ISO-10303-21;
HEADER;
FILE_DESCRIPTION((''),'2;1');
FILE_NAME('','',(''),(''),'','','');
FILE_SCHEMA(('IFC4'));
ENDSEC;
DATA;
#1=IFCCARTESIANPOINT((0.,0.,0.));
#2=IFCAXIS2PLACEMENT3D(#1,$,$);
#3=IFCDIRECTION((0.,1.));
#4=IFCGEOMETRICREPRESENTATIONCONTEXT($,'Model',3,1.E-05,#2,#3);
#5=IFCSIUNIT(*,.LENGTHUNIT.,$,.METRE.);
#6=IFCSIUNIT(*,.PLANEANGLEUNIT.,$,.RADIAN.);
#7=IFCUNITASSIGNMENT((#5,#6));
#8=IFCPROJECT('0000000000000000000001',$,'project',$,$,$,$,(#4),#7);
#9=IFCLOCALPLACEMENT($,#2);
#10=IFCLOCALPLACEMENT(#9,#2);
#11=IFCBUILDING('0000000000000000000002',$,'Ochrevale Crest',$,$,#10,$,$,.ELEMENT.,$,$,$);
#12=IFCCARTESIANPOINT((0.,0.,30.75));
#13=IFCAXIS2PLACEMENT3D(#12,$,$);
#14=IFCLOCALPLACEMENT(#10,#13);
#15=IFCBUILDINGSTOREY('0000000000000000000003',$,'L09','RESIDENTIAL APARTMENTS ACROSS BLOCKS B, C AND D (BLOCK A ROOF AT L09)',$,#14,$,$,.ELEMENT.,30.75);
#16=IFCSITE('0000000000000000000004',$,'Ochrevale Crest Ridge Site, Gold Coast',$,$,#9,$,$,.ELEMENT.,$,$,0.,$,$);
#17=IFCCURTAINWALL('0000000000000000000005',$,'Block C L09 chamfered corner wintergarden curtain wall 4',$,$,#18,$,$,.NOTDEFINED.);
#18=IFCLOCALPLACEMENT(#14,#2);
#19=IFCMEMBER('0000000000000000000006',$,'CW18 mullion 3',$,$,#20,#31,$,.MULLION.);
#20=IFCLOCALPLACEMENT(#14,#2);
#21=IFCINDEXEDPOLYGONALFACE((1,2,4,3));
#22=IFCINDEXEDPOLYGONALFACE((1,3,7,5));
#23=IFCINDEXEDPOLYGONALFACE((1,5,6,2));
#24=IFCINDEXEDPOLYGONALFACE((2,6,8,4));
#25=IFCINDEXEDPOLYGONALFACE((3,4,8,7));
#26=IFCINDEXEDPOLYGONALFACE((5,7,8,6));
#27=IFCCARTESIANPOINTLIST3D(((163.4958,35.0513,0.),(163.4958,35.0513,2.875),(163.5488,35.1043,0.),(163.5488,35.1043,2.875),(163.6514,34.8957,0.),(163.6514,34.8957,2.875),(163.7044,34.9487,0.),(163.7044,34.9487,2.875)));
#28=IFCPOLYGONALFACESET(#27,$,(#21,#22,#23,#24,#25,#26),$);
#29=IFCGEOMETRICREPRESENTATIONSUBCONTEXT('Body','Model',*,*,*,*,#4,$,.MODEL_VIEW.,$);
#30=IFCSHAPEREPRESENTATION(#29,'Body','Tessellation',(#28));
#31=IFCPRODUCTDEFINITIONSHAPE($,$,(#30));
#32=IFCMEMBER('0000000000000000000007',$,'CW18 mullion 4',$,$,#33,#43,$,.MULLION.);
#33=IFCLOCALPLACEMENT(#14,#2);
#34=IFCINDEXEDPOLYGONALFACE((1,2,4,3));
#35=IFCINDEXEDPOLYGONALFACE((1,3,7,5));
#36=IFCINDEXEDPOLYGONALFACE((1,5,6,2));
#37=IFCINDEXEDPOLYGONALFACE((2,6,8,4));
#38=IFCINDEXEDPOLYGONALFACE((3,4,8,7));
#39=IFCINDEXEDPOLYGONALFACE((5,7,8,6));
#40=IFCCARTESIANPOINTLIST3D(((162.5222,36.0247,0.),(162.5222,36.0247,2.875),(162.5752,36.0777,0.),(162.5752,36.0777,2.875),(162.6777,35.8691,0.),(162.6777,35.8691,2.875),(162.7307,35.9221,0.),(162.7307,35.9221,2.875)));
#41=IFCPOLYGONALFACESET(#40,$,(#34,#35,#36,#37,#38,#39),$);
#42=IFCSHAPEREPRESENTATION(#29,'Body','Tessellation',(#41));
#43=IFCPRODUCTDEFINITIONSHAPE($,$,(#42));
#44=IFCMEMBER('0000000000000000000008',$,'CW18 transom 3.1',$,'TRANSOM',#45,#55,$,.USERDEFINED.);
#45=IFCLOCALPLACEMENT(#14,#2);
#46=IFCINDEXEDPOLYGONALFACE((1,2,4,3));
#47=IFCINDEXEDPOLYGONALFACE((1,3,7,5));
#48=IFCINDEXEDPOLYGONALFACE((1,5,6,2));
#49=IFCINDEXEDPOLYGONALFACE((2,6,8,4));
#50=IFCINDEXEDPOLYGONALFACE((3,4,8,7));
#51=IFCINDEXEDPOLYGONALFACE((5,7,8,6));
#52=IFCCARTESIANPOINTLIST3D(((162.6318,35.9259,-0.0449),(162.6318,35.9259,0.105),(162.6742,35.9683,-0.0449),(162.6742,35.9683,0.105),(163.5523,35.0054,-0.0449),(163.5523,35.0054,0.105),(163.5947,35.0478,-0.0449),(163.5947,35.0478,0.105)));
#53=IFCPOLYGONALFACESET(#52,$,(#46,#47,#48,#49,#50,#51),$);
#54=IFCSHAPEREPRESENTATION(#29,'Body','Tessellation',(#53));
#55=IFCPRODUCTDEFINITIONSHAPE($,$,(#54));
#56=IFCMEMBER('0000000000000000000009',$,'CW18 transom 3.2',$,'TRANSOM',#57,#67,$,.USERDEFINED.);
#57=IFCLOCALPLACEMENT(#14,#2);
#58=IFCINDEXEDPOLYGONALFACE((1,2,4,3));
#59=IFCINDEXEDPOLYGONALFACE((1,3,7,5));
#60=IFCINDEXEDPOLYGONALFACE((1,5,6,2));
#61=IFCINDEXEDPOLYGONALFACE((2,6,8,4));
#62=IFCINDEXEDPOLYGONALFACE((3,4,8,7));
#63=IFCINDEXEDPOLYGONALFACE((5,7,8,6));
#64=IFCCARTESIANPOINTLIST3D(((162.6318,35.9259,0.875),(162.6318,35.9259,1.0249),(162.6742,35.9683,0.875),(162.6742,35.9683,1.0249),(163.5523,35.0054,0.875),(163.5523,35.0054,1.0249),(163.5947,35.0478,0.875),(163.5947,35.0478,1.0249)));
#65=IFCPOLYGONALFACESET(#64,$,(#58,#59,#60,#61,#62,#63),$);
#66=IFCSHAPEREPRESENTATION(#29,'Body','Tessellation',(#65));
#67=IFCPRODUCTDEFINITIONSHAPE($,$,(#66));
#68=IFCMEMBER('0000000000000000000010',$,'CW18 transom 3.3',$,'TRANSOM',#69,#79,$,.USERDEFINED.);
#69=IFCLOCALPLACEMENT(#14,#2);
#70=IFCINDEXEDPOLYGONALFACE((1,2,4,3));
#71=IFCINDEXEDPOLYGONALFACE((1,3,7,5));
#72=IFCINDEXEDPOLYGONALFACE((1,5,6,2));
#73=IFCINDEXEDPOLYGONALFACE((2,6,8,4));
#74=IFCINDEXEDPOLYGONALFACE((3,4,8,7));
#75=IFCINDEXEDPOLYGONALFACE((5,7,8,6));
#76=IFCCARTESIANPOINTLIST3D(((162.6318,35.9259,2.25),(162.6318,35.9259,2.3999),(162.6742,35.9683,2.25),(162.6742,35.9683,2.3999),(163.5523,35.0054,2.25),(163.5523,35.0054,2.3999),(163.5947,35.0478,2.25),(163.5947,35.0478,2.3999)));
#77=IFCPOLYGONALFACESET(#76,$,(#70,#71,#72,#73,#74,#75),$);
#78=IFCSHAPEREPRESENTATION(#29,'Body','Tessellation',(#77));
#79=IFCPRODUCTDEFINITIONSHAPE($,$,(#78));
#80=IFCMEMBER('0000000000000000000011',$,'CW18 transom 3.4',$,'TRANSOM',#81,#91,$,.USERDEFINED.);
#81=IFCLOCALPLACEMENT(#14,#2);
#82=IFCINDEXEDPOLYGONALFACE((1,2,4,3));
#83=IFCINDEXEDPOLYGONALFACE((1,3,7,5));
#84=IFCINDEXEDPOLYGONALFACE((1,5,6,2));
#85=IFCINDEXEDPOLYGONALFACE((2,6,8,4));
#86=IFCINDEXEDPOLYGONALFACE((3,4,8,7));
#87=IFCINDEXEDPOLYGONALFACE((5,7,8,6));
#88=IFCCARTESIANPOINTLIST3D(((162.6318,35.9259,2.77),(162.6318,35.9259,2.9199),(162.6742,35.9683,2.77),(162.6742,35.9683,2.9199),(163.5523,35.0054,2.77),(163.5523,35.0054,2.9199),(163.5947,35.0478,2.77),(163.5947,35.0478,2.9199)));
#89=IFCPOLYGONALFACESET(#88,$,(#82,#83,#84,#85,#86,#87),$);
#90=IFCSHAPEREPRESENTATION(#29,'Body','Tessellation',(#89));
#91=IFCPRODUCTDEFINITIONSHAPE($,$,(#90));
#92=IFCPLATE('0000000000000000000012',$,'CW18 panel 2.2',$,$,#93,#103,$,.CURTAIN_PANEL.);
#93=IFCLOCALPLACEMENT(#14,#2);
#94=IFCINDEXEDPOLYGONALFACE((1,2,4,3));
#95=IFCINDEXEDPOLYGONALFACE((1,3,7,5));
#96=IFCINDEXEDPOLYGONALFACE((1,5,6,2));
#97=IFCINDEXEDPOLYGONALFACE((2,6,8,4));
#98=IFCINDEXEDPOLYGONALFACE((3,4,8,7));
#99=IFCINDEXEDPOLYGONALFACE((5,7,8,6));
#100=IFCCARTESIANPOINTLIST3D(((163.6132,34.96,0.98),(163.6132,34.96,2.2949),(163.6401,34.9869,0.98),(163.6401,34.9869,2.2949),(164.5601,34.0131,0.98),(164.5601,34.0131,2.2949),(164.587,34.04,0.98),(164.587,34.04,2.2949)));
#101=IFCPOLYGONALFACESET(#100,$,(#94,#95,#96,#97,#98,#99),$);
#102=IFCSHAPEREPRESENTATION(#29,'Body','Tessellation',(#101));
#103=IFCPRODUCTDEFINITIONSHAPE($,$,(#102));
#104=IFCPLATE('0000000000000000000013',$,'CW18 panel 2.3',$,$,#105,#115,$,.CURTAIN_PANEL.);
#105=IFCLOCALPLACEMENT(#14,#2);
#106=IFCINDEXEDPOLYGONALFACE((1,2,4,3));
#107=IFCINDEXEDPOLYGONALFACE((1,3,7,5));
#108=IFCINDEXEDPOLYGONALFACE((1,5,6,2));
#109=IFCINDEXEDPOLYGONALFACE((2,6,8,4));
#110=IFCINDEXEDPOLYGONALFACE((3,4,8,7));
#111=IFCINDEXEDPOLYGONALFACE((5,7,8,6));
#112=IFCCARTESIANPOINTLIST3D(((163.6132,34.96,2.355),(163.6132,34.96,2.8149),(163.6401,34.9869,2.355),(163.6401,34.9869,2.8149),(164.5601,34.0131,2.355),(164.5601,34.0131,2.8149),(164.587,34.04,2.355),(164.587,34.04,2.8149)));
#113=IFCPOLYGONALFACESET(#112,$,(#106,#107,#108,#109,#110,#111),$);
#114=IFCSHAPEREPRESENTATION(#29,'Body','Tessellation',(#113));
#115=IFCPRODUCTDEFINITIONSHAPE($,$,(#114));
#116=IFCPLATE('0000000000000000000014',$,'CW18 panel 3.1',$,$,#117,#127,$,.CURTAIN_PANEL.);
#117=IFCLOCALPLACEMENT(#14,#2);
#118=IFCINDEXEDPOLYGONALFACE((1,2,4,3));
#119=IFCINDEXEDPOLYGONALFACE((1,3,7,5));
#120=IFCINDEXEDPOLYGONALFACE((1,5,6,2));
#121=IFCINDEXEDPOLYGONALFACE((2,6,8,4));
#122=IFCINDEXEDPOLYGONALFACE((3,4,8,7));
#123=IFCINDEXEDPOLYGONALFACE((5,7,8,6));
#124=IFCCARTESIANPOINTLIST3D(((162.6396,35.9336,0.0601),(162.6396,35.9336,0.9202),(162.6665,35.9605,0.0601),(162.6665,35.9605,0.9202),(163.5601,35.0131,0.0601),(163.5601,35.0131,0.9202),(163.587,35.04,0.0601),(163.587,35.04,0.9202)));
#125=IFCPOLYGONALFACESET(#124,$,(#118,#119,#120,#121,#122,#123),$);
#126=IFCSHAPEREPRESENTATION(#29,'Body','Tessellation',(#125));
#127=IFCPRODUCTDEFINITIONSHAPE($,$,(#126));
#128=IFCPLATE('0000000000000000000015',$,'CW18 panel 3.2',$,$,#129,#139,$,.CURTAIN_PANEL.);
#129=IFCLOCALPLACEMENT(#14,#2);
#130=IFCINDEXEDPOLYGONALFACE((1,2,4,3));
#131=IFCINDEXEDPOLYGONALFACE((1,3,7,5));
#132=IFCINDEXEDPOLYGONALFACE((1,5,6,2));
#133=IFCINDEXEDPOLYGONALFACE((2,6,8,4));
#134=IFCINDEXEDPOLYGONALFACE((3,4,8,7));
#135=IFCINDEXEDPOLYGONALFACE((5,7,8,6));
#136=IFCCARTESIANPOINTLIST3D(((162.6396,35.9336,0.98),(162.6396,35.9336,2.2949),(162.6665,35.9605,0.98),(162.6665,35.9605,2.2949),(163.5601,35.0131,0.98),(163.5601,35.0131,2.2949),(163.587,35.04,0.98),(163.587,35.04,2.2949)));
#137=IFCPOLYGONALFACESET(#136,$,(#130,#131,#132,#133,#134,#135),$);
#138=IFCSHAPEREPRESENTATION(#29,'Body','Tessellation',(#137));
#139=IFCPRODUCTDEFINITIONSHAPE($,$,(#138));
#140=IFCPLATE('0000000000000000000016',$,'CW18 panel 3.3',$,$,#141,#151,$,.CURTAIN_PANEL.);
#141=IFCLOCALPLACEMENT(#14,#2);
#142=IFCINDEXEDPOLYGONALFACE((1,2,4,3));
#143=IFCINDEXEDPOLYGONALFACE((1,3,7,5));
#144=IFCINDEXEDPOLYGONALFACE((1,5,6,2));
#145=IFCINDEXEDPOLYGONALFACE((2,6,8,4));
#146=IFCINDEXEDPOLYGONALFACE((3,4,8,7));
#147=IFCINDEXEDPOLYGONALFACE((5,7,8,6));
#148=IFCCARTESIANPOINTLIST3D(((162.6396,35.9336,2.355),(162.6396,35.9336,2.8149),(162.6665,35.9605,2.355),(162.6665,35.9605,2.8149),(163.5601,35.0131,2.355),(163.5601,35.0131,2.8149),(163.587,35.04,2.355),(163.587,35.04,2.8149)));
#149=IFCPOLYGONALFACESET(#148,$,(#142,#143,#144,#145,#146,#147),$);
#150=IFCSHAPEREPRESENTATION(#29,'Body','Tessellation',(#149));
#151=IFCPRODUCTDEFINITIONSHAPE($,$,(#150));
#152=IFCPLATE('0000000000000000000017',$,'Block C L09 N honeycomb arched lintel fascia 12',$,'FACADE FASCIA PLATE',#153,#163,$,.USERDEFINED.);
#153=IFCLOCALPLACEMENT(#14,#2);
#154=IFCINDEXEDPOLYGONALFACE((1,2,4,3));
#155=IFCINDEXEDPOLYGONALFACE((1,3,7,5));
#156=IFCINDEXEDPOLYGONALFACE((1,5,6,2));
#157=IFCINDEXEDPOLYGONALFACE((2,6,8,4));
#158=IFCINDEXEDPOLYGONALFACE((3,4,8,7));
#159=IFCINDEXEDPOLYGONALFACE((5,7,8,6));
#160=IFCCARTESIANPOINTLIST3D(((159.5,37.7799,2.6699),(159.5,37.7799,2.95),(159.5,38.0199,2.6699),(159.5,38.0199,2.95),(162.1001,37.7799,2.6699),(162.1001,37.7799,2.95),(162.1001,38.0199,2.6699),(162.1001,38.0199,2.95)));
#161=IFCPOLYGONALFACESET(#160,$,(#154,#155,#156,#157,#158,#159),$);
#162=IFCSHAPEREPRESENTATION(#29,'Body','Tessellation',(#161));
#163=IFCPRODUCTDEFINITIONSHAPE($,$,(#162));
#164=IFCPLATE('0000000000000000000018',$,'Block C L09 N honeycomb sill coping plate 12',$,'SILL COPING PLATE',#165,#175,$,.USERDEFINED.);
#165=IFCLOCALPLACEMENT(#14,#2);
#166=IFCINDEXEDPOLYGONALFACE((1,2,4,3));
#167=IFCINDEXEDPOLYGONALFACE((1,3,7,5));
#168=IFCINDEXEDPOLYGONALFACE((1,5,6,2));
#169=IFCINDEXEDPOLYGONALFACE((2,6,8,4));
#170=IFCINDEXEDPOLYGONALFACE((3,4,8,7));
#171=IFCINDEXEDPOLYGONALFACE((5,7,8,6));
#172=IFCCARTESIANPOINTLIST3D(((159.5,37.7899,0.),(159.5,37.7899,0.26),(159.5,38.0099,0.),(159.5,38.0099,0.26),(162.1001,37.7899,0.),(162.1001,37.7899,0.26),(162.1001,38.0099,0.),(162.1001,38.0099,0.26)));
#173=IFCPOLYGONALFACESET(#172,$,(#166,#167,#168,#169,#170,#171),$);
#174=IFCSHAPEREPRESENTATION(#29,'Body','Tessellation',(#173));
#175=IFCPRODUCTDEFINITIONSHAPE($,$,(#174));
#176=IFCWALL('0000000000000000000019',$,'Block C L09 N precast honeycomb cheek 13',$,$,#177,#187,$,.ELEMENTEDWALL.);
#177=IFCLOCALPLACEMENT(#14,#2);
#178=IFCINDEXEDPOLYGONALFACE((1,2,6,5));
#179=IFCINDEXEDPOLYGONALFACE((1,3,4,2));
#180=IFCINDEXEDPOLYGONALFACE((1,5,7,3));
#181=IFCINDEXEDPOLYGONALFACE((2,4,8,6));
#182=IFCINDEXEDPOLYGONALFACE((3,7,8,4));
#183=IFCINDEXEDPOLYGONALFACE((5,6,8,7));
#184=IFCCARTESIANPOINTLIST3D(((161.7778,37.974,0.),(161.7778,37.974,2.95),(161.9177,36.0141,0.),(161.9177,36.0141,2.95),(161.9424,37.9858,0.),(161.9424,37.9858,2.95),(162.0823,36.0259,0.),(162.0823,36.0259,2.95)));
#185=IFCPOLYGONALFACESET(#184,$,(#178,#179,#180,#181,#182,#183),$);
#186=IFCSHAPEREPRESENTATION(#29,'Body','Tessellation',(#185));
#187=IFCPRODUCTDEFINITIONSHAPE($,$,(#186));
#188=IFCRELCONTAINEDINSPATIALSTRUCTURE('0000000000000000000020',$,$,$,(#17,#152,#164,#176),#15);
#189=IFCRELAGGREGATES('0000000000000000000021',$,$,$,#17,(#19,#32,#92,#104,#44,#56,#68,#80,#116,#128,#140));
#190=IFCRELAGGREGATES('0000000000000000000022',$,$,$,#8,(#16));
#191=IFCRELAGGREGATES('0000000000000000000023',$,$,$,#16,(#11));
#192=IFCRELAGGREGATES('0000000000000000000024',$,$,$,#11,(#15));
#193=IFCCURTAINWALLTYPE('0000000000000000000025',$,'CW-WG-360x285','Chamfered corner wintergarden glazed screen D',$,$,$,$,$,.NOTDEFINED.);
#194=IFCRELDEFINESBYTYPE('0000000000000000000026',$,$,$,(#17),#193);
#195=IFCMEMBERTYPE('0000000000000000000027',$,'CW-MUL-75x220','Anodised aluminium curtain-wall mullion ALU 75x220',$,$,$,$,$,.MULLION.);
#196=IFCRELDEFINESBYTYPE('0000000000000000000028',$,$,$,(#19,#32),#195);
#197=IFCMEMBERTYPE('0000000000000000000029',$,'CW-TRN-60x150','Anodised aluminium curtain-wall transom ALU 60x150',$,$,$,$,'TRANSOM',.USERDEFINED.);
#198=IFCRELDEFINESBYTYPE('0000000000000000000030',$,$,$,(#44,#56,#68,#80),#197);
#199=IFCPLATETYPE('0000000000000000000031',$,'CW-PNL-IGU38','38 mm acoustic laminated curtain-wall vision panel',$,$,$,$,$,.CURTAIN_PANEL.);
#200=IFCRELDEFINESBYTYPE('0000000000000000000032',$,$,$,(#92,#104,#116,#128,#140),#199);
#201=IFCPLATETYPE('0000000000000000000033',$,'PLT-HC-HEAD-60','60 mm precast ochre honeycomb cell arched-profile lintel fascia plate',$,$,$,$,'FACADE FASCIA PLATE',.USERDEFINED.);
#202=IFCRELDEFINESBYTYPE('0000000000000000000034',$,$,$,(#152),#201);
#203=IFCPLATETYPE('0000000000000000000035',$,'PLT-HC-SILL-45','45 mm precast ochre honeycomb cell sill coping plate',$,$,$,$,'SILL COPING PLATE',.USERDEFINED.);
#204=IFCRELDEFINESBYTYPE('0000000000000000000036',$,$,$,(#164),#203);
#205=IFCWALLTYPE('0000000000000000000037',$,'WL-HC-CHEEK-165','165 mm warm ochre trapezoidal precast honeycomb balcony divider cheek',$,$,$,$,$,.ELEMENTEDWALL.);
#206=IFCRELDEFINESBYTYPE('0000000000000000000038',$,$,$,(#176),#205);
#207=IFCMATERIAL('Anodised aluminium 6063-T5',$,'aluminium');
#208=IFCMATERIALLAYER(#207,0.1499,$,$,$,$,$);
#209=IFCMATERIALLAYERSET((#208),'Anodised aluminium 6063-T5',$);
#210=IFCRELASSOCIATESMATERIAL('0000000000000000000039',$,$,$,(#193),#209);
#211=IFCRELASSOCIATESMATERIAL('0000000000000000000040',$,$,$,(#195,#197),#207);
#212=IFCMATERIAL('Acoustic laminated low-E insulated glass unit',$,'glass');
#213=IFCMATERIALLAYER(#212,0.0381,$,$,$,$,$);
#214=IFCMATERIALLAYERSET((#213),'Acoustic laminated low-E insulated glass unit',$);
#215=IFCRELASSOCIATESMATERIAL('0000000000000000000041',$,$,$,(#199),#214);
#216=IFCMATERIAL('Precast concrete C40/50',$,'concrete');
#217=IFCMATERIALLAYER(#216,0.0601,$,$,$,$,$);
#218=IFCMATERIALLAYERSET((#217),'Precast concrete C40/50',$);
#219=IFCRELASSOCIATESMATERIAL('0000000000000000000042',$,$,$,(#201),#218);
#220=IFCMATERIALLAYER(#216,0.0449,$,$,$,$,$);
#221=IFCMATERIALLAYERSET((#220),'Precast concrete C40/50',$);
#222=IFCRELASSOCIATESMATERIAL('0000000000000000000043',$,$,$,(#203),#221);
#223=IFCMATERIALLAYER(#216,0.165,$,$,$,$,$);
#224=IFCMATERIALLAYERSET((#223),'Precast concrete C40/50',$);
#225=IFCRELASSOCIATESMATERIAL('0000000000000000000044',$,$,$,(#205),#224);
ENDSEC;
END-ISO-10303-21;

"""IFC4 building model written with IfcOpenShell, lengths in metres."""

from ifc_helpers import new_model, si_unit, direction, frame, frame_2d, origin, origin_2d, place, context, subcontext, project, spatial, rectangle, extrude, material, layer, layer_set, material_profile, profile_set, type_object, element, aggregate, save


model = new_model("IFC4")

# Units and contexts
model_context = context("Model", 3, precision=1e-05, world=origin(), true_north=direction((0.0, 1.0)))
body_context = subcontext(model_context, "Body", "Model", "MODEL_VIEW")
ifc_project = project(units=[si_unit("LENGTHUNIT", "METRE"), si_unit("PLANEANGLEUNIT", "RADIAN")], contexts=[model_context])

# Site, building, storey
site_placement = place(None, origin())
site = spatial("IfcSite", under=ifc_project, at=site_placement, Name="Ochrevale Crest Ridge Site, Gold Coast", CompositionType="ELEMENT", RefElevation=0.0)
building_placement = place(site_placement, origin())
building = spatial("IfcBuilding", under=site, at=building_placement, Name="Ochrevale Crest", CompositionType="ELEMENT")
storey_placement = place(building_placement, frame((0.0, 0.0, 30.75)))
storey = spatial("IfcBuildingStorey", under=building, at=storey_placement, Name="L09", Description="RESIDENTIAL APARTMENTS ACROSS BLOCKS B, C AND D (BLOCK A ROOF AT L09)", CompositionType="ELEMENT", Elevation=30.75)

# Curtain wall, members, plates
ifc_material_1 = material(Name="Anodised aluminium 6063-T5", Category="aluminium")
ifc_layer_1 = layer(ifc_material_1, 0.1499)
ifc_layer_set_1 = layer_set([ifc_layer_1], Name="Anodised aluminium 6063-T5")
curtain_wall_type = type_object("IfcCurtainWallType", Name="CW-WG-360x285", Description="Chamfered corner wintergarden glazed screen D", PredefinedType="NOTDEFINED", material=ifc_layer_set_1)
curtain_wall_placement = place(storey_placement, origin())
curtain_wall = element("IfcCurtainWall", 1, at=curtain_wall_placement, inside=storey, type_object=curtain_wall_type, Name="Block C L09 chamfered corner wintergarden curtain wall 4", PredefinedType="NOTDEFINED")
ifc_material_profile_1 = material_profile(ifc_material_1, rectangle(XDim=0.075, YDim=0.22, at=origin_2d()), Name="ALU 75x220")
ifc_profile_set_1 = profile_set([ifc_material_profile_1], Name="Anodised aluminium 6063-T5")
member_type_1 = type_object("IfcMemberType", Name="CW-MUL-75x220", Description="Anodised aluminium curtain-wall mullion ALU 75x220", PredefinedType="MULLION", material=ifc_profile_set_1)
member_1_placement = place(storey_placement, frame((163.6001, 35.0, 0.0), z_axis=(0.0, 0.0, 1.0), x_axis=(-0.707107, -0.707107, 0.0)))
member_1 = element("IfcMember", 2, at=member_1_placement, type_object=member_type_1, Name="CW18 mullion 3", PredefinedType="MULLION", context=body_context, shape_type="SweptSolid", body=[
    extrude(rectangle(XDim=0.075, YDim=0.22, at=origin_2d()), origin(), (0.0, 0.0, 1.0), 2.875),
])
member_2_placement = place(storey_placement, frame((162.6265, 35.9734, 0.0), z_axis=(0.0, 0.0, 1.0), x_axis=(-0.707107, -0.707107, 0.0)))
member_2 = element("IfcMember", 3, at=member_2_placement, type_object=member_type_1, Name="CW18 mullion 4", PredefinedType="MULLION", context=body_context, shape_type="SweptSolid", body=[
    extrude(rectangle(XDim=0.075, YDim=0.22, at=origin_2d()), origin(), (0.0, 0.0, 1.0), 2.875),
])
ifc_material_profile_2 = material_profile(ifc_material_1, rectangle(XDim=0.0601, YDim=0.1499, at=origin_2d()), Name="ALU 60x150")
ifc_profile_set_2 = profile_set([ifc_material_profile_2], Name="Anodised aluminium 6063-T5")
member_type_2 = type_object("IfcMemberType", Name="CW-TRN-60x150", Description="Anodised aluminium curtain-wall transom ALU 60x150", ElementType="TRANSOM", PredefinedType="USERDEFINED", material=ifc_profile_set_2)
member_3_placement = place(storey_placement, frame((163.5735, 35.0266, 0.03), z_axis=(-0.707107, 0.707107, 0.0), x_axis=(-0.707107, -0.707107, 0.0)))
member_3 = element("IfcMember", 4, at=member_3_placement, type_object=member_type_2, Name="CW18 transom 3.1", ObjectType="TRANSOM", PredefinedType="USERDEFINED", context=body_context, shape_type="SweptSolid", body=[
    extrude(rectangle(XDim=0.0601, YDim=0.1499, at=origin_2d()), origin(), (0.0, 0.0, 1.0), 1.3018),
])
member_4_placement = place(storey_placement, frame((163.5735, 35.0266, 0.95), z_axis=(-0.707107, 0.707107, 0.0), x_axis=(-0.707107, -0.707107, 0.0)))
member_4 = element("IfcMember", 5, at=member_4_placement, type_object=member_type_2, Name="CW18 transom 3.2", ObjectType="TRANSOM", PredefinedType="USERDEFINED", context=body_context, shape_type="SweptSolid", body=[
    extrude(rectangle(XDim=0.0601, YDim=0.1499, at=origin_2d()), origin(), (0.0, 0.0, 1.0), 1.3018),
])
member_5_placement = place(storey_placement, frame((163.5735, 35.0266, 2.325), z_axis=(-0.707107, 0.707107, 0.0), x_axis=(-0.707107, -0.707107, 0.0)))
member_5 = element("IfcMember", 6, at=member_5_placement, type_object=member_type_2, Name="CW18 transom 3.3", ObjectType="TRANSOM", PredefinedType="USERDEFINED", context=body_context, shape_type="SweptSolid", body=[
    extrude(rectangle(XDim=0.0601, YDim=0.1499, at=origin_2d()), origin(), (0.0, 0.0, 1.0), 1.3018),
])
member_6_placement = place(storey_placement, frame((163.5735, 35.0266, 2.845), z_axis=(-0.707107, 0.707107, 0.0), x_axis=(-0.707107, -0.707107, 0.0)))
member_6 = element("IfcMember", 7, at=member_6_placement, type_object=member_type_2, Name="CW18 transom 3.4", ObjectType="TRANSOM", PredefinedType="USERDEFINED", context=body_context, shape_type="SweptSolid", body=[
    extrude(rectangle(XDim=0.0601, YDim=0.1499, at=origin_2d()), origin(), (0.0, 0.0, 1.0), 1.3018),
])
ifc_material_2 = material(Name="Acoustic laminated low-E insulated glass unit", Category="glass")
ifc_layer_2 = layer(ifc_material_2, 0.0381)
ifc_layer_set_2 = layer_set([ifc_layer_2], Name="Acoustic laminated low-E insulated glass unit")
plate_type_1 = type_object("IfcPlateType", Name="CW-PNL-IGU38", Description="38 mm acoustic laminated curtain-wall vision panel", PredefinedType="CURTAIN_PANEL", material=ifc_layer_set_2)
plate_1_placement = place(storey_placement, frame((164.1001, 34.5, 0.98), z_axis=(0.0, 0.0, 1.0), x_axis=(-0.707107, 0.707107, 0.0)))
plate_1 = element("IfcPlate", 8, at=plate_1_placement, type_object=plate_type_1, Name="CW18 panel 2.2", PredefinedType="CURTAIN_PANEL", context=body_context, shape_type="SweptSolid", body=[
    extrude(rectangle(XDim=1.3391, YDim=0.0381, at=origin_2d()), origin(), (0.0, 0.0, 1.0), 1.3149),
])
plate_2_placement = place(storey_placement, frame((164.1001, 34.5, 2.355), z_axis=(0.0, 0.0, 1.0), x_axis=(-0.707107, 0.707107, 0.0)))
plate_2 = element("IfcPlate", 9, at=plate_2_placement, type_object=plate_type_1, Name="CW18 panel 2.3", PredefinedType="CURTAIN_PANEL", context=body_context, shape_type="SweptSolid", body=[
    extrude(rectangle(XDim=1.3391, YDim=0.0381, at=origin_2d()), origin(), (0.0, 0.0, 1.0), 0.46),
])
plate_3_placement = place(storey_placement, frame((163.1133, 35.4868, 0.0601), z_axis=(0.0, 0.0, 1.0), x_axis=(-0.707107, 0.707107, 0.0)))
plate_3 = element("IfcPlate", 10, at=plate_3_placement, type_object=plate_type_1, Name="CW18 panel 3.1", PredefinedType="CURTAIN_PANEL", context=body_context, shape_type="SweptSolid", body=[
    extrude(rectangle(XDim=1.3018, YDim=0.0381, at=origin_2d()), origin(), (0.0, 0.0, 1.0), 0.8601),
])
plate_4_placement = place(storey_placement, frame((163.1133, 35.4868, 0.98), z_axis=(0.0, 0.0, 1.0), x_axis=(-0.707107, 0.707107, 0.0)))
plate_4 = element("IfcPlate", 11, at=plate_4_placement, type_object=plate_type_1, Name="CW18 panel 3.2", PredefinedType="CURTAIN_PANEL", context=body_context, shape_type="SweptSolid", body=[
    extrude(rectangle(XDim=1.3018, YDim=0.0381, at=origin_2d()), origin(), (0.0, 0.0, 1.0), 1.3149),
])
plate_5_placement = place(storey_placement, frame((163.1133, 35.4868, 2.355), z_axis=(0.0, 0.0, 1.0), x_axis=(-0.707107, 0.707107, 0.0)))
plate_5 = element("IfcPlate", 12, at=plate_5_placement, type_object=plate_type_1, Name="CW18 panel 3.3", PredefinedType="CURTAIN_PANEL", context=body_context, shape_type="SweptSolid", body=[
    extrude(rectangle(XDim=1.3018, YDim=0.0381, at=origin_2d()), origin(), (0.0, 0.0, 1.0), 0.46),
])
aggregate(curtain_wall, [member_1, member_2, plate_1, plate_2, member_3, member_4, member_5, member_6, plate_3, plate_4, plate_5])

# Plates
ifc_material_3 = material(Name="Precast concrete C40/50", Category="concrete")
ifc_layer_3 = layer(ifc_material_3, 0.0601)
ifc_layer_set_3 = layer_set([ifc_layer_3], Name="Precast concrete C40/50")
plate_type_2 = type_object("IfcPlateType", Name="PLT-HC-HEAD-60", Description="60 mm precast ochre honeycomb cell arched-profile lintel fascia plate", ElementType="FACADE FASCIA PLATE", PredefinedType="USERDEFINED", material=ifc_layer_set_3)
plate_6_placement = place(storey_placement, frame((160.8, 37.8999, 2.6699), z_axis=(0.0, 0.0, 1.0), x_axis=(1.0, 0.0, 0.0)))
element("IfcPlate", 13, at=plate_6_placement, inside=storey, type_object=plate_type_2, Name="Block C L09 N honeycomb arched lintel fascia 12", ObjectType="FACADE FASCIA PLATE", PredefinedType="USERDEFINED", context=body_context, shape_type="SweptSolid", body=[
    extrude(rectangle(XDim=2.6001, YDim=0.24, at=origin_2d()), origin(), (0.0, 0.0, 1.0), 0.28),
])
ifc_layer_4 = layer(ifc_material_3, 0.0449)
ifc_layer_set_4 = layer_set([ifc_layer_4], Name="Precast concrete C40/50")
plate_type_3 = type_object("IfcPlateType", Name="PLT-HC-SILL-45", Description="45 mm precast ochre honeycomb cell sill coping plate", ElementType="SILL COPING PLATE", PredefinedType="USERDEFINED", material=ifc_layer_set_4)
plate_7_placement = place(storey_placement, frame((160.8, 37.8999, 0.0), z_axis=(0.0, 0.0, 1.0), x_axis=(1.0, 0.0, 0.0)))
element("IfcPlate", 14, at=plate_7_placement, inside=storey, type_object=plate_type_3, Name="Block C L09 N honeycomb sill coping plate 12", ObjectType="SILL COPING PLATE", PredefinedType="USERDEFINED", context=body_context, shape_type="SweptSolid", body=[
    extrude(rectangle(XDim=2.6001, YDim=0.22, at=origin_2d()), origin(), (0.0, 0.0, 1.0), 0.26),
])

# Wall
ifc_layer_5 = layer(ifc_material_3, 0.165)
ifc_layer_set_5 = layer_set([ifc_layer_5], Name="Precast concrete C40/50")
wall_type_1 = type_object("IfcWallType", Name="WL-HC-CHEEK-165", Description="165 mm warm ochre trapezoidal precast honeycomb balcony divider cheek", PredefinedType="ELEMENTEDWALL", material=ifc_layer_set_5)
wall_1_placement = place(storey_placement, frame((162.0, 36.02, 0.0), z_axis=(0.0, 0.0, 1.0), x_axis=(-0.071194, 0.997462, 0.0)))
element("IfcWall", 15, at=wall_1_placement, inside=storey, type_object=wall_type_1, Name="Block C L09 N precast honeycomb cheek 13", PredefinedType="ELEMENTEDWALL", context=body_context, shape_type="SweptSolid", body=[
    extrude(rectangle(XDim=1.9648, YDim=0.165, at=frame_2d((0.9824, 0.0))), origin(), (0.0, 0.0, 1.0), 2.95),
])

save(model, "model.ifc")
